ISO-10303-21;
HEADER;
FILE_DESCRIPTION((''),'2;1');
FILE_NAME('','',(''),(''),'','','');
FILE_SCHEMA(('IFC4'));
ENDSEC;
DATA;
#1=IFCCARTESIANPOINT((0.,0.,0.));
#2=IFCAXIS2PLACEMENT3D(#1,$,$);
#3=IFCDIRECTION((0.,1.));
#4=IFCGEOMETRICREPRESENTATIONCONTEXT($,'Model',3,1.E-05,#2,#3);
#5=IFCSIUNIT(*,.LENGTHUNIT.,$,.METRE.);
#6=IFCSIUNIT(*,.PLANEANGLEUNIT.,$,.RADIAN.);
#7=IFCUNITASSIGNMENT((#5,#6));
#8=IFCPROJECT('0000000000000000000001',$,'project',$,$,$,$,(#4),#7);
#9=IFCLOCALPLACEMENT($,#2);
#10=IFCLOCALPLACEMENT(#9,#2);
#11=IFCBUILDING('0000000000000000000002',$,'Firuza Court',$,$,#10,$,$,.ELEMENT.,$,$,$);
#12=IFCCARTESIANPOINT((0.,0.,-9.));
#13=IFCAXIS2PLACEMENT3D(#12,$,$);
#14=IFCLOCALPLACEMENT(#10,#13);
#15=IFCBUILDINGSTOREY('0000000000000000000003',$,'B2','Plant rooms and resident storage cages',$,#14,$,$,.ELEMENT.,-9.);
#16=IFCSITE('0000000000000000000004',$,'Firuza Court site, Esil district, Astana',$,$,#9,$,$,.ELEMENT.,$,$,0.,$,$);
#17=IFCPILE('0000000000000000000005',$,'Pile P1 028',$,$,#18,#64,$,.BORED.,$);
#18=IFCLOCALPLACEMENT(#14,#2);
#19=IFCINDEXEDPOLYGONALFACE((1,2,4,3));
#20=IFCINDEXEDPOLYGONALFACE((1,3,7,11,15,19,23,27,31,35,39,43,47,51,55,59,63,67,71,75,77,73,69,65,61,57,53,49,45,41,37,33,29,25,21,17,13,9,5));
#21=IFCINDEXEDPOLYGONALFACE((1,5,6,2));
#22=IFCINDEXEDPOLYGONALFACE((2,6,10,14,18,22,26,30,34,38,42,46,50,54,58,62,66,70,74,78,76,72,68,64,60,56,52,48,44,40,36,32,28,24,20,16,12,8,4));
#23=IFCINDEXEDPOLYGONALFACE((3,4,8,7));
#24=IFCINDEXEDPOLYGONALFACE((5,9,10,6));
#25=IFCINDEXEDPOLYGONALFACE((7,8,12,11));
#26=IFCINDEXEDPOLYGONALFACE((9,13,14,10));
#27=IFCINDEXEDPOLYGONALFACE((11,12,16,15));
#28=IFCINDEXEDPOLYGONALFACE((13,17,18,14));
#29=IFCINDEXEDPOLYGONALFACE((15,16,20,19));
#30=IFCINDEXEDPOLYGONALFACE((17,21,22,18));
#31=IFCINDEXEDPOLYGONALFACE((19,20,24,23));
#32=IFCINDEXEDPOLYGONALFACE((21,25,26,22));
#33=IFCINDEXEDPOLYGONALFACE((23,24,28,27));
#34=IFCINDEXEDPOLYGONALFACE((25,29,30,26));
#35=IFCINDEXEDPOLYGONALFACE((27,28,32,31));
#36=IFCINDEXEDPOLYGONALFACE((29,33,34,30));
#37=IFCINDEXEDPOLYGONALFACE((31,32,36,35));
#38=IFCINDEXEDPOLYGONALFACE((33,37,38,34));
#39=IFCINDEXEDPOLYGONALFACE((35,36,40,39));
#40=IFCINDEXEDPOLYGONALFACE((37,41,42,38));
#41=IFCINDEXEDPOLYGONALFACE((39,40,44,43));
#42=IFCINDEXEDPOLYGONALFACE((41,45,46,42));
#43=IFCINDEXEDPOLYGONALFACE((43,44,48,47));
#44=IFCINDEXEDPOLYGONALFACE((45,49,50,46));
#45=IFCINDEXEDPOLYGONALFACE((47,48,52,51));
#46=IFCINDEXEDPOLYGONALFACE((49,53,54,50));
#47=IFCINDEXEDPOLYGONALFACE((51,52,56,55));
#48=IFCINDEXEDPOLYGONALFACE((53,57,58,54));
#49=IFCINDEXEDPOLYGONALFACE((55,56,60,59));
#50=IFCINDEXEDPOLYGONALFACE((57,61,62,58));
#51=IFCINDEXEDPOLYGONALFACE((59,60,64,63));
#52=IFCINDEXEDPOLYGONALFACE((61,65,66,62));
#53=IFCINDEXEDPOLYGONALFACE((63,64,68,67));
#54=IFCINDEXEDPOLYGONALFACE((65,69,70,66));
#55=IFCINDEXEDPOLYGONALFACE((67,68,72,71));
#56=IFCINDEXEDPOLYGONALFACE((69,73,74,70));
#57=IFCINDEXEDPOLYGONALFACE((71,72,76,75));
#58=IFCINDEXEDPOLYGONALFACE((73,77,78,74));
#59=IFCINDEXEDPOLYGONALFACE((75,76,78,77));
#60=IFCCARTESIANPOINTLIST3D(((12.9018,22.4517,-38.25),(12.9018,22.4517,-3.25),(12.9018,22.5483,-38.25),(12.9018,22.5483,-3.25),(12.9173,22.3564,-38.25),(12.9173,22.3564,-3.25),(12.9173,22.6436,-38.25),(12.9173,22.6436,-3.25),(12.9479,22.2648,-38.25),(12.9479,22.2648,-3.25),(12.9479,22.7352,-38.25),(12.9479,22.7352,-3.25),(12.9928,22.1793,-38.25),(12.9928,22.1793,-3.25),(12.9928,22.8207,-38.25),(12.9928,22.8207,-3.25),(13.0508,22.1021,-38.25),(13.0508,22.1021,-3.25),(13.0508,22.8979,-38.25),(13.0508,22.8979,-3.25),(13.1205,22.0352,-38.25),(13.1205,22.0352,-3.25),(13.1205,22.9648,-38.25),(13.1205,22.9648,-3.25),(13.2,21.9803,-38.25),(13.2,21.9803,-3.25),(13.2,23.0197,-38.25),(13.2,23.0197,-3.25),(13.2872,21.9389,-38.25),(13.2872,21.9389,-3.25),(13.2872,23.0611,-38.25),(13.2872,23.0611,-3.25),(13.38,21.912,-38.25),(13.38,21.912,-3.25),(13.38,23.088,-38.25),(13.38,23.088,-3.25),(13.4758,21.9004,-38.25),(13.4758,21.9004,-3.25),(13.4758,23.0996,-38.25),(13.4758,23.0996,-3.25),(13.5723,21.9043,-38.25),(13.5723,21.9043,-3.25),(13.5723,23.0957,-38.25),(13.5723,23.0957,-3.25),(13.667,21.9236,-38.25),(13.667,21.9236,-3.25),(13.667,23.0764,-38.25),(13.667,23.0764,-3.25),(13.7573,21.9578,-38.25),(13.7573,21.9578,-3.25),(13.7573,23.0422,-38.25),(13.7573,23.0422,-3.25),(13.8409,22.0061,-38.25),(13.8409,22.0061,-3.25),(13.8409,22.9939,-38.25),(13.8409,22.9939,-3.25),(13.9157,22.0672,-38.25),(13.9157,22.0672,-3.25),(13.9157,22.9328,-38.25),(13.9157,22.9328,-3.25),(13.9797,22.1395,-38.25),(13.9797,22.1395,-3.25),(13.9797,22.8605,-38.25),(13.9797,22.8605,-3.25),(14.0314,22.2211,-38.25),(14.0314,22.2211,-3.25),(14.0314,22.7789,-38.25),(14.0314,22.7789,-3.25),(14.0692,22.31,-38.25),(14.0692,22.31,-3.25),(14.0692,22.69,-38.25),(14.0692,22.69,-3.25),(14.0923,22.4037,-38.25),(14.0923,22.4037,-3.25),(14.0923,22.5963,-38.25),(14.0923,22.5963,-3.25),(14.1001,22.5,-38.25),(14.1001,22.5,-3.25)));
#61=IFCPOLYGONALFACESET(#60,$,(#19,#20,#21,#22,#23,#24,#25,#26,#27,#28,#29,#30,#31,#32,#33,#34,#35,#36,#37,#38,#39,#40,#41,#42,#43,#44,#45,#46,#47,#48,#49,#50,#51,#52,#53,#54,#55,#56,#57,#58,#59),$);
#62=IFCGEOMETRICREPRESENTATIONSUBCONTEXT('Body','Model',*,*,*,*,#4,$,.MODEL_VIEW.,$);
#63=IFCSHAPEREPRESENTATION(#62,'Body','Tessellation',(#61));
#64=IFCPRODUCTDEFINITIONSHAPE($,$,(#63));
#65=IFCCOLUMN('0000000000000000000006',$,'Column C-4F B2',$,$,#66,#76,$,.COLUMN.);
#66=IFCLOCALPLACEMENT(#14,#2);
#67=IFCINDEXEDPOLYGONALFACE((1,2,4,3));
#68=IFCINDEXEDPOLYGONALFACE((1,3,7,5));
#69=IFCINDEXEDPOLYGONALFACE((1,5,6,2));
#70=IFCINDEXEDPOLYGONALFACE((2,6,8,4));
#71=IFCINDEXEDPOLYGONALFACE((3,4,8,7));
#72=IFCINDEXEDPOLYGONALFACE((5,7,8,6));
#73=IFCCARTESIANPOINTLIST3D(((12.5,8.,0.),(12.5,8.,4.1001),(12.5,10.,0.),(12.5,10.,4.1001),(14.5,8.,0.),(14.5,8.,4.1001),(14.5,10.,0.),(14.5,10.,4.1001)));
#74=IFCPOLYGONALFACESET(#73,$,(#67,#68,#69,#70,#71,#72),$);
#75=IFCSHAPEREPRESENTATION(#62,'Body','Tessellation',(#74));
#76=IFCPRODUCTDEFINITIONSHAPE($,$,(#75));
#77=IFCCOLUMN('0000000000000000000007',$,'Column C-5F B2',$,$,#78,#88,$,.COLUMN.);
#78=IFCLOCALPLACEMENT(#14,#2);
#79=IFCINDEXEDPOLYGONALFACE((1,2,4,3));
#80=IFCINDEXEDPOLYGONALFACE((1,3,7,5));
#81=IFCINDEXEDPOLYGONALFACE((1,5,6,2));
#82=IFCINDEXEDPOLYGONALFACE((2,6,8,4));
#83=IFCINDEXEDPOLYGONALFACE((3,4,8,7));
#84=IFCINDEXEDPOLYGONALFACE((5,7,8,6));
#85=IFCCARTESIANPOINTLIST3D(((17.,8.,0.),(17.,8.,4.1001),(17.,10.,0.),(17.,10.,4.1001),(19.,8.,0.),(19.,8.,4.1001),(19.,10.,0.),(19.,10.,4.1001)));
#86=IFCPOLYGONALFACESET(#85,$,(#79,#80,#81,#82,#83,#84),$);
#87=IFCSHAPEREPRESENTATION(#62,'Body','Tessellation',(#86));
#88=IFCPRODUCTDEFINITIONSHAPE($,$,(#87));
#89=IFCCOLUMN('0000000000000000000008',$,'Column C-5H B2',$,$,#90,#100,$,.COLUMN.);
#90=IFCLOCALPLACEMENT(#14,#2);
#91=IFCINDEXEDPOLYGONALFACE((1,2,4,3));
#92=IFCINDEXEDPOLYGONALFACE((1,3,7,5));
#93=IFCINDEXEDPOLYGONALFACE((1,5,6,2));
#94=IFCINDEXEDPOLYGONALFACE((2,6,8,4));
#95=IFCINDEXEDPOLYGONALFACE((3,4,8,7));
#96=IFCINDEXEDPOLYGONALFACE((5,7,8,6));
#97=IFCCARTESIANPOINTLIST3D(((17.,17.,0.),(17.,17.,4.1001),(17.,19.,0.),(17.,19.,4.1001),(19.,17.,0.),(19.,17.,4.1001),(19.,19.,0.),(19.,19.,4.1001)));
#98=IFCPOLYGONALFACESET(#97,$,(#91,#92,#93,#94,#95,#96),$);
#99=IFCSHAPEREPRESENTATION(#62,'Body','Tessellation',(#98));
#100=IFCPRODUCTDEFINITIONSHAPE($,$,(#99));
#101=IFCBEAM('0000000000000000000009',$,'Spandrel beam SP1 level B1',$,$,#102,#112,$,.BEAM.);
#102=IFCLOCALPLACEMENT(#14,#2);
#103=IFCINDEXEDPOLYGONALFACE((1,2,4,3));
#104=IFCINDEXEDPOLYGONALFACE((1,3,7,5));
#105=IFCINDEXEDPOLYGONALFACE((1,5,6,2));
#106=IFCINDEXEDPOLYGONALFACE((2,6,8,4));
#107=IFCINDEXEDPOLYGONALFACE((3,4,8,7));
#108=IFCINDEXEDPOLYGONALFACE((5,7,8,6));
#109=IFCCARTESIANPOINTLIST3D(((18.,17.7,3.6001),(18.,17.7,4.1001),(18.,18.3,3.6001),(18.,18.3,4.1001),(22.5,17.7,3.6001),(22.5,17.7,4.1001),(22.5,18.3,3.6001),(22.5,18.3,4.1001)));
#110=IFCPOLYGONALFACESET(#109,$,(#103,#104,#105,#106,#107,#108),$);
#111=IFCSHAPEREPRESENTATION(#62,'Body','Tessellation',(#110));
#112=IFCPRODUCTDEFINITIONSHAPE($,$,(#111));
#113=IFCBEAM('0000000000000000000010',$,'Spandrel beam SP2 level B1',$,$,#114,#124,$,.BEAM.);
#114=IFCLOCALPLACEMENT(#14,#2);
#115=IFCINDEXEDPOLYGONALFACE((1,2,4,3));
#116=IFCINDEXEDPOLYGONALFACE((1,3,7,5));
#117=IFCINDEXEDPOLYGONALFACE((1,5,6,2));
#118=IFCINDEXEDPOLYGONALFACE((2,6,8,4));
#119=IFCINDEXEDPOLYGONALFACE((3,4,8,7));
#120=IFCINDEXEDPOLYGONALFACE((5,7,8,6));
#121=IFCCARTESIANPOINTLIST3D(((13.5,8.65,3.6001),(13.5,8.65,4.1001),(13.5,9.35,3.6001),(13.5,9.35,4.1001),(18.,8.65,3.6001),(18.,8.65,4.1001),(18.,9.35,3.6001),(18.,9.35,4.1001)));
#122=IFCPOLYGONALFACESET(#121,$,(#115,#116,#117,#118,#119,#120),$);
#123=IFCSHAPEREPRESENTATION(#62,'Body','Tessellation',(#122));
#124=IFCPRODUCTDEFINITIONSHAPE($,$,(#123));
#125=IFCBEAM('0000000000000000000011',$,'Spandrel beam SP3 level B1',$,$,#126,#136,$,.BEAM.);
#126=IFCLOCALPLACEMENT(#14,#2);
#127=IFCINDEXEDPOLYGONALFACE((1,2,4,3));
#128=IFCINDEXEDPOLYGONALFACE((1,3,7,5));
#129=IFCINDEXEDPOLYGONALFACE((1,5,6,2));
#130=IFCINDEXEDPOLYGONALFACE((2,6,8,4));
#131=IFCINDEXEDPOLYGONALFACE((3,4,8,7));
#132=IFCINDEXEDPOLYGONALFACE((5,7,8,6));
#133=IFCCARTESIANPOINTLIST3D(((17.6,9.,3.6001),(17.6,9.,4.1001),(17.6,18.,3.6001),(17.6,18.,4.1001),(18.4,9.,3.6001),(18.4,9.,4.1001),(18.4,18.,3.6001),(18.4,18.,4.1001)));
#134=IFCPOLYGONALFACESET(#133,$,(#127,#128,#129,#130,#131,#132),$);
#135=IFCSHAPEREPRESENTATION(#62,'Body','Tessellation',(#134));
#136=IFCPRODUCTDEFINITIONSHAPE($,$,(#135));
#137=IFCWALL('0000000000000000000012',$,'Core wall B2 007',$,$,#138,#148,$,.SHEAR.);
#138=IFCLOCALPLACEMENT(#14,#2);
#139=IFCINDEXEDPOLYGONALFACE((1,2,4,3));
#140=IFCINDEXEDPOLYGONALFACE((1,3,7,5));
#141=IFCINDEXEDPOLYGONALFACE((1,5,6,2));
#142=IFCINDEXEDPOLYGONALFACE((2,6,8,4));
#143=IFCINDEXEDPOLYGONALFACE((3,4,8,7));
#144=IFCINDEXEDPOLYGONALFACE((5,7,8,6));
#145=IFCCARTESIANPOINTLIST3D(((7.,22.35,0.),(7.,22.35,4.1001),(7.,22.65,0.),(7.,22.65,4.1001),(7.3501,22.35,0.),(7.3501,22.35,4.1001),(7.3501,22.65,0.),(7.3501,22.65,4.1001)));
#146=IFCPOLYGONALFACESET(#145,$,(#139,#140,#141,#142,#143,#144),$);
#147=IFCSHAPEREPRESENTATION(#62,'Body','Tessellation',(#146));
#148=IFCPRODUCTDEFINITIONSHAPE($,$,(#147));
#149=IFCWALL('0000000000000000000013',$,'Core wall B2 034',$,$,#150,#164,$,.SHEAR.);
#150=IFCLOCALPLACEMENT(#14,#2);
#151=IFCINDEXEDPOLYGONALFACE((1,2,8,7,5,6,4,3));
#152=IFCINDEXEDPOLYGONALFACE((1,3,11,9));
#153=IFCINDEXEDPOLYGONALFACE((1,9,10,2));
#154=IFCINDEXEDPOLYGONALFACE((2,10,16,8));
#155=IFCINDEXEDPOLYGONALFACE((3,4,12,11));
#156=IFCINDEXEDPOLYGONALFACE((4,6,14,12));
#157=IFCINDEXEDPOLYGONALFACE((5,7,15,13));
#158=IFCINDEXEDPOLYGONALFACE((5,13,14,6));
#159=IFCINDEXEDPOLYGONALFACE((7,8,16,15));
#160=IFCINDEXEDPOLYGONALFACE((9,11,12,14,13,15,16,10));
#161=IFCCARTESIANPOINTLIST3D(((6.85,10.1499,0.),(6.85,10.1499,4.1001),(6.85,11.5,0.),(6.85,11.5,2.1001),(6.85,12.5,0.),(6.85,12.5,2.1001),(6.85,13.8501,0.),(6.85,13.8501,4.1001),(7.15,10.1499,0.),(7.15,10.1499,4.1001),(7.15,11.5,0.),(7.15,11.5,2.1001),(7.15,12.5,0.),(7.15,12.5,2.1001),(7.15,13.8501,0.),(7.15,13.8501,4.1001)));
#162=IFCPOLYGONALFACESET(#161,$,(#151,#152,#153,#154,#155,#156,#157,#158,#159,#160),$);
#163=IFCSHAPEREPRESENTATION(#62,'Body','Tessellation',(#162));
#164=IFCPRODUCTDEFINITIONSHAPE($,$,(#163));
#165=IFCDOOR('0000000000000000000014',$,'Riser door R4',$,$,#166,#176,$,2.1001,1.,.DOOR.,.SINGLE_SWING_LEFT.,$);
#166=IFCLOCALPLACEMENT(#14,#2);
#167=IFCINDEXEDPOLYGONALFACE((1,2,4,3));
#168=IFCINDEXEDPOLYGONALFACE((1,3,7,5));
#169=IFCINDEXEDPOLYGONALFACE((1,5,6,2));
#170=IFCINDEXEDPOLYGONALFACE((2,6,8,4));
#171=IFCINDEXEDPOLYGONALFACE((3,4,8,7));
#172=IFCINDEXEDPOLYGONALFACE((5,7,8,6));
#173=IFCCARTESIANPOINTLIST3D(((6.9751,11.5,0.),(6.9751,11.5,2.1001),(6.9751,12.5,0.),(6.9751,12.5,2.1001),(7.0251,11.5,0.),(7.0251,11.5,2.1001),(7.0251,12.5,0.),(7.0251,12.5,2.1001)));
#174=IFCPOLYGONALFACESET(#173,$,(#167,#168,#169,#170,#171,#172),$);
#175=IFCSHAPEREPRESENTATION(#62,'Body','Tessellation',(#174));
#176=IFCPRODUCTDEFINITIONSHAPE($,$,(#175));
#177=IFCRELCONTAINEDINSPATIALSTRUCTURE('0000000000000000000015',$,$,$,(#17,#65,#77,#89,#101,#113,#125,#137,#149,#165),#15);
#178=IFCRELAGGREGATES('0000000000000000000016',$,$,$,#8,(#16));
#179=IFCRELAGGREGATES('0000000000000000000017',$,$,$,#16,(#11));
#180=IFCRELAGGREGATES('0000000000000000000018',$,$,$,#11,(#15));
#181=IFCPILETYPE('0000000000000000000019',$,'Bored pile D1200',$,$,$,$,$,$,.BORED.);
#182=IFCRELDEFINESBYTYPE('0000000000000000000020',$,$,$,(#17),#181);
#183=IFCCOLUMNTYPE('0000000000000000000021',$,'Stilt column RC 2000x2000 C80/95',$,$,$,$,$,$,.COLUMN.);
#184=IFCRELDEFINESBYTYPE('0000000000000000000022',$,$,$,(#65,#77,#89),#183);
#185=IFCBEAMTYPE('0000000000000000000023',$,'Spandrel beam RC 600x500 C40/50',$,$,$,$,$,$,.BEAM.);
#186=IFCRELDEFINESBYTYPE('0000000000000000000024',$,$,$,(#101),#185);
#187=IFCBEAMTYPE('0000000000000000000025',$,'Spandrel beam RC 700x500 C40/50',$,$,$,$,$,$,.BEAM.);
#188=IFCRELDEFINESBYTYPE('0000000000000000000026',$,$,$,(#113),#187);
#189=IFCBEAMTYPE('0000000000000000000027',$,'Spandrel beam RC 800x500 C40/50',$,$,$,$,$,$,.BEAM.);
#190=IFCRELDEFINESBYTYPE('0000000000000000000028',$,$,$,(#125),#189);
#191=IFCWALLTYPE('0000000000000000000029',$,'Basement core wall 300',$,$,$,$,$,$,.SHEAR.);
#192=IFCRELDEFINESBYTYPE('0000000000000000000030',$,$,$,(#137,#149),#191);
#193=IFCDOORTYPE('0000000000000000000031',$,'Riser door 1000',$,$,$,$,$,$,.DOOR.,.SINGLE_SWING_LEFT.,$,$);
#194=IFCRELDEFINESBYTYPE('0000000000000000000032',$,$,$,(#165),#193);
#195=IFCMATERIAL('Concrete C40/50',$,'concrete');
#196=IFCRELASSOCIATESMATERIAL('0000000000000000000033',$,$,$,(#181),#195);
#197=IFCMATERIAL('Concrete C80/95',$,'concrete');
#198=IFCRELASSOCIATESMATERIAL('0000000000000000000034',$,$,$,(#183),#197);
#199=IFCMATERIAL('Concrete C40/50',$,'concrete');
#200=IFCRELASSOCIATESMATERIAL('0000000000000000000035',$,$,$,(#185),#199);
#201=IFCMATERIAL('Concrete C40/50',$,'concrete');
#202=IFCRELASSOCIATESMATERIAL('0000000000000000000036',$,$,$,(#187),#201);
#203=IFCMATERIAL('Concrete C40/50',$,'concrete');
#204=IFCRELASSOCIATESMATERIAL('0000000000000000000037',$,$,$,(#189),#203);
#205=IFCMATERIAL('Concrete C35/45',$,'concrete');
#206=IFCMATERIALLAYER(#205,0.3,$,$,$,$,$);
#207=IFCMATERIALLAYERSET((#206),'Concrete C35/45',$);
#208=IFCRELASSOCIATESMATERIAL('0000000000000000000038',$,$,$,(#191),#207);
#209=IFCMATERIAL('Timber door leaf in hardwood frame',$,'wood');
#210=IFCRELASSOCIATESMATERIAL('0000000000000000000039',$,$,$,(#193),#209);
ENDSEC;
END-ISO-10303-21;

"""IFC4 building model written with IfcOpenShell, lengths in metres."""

from ifc_helpers import new_model, si_unit, direction, frame, frame_2d, origin, origin_2d, place, context, subcontext, project, spatial, rectangle, circle, extrude, material, layer, layer_set, material_profile, profile_set, type_object, element, fill, save


model = new_model("IFC4")

# Units and contexts
model_context = context("Model", 3, precision=1e-05, world=origin(), true_north=direction((0.0, 1.0)))
body_context = subcontext(model_context, "Body", "Model", "MODEL_VIEW")
ifc_project = project(units=[si_unit("LENGTHUNIT", "METRE"), si_unit("PLANEANGLEUNIT", "RADIAN")], contexts=[model_context])

# Site, building, storey
site_placement = place(None, origin())
site = spatial("IfcSite", under=ifc_project, at=site_placement, Name="Firuza Court site, Esil district, Astana", CompositionType="ELEMENT", RefElevation=0.0)
building_placement = place(site_placement, origin())
building = spatial("IfcBuilding", under=site, at=building_placement, Name="Firuza Court", CompositionType="ELEMENT")
storey_placement = place(building_placement, frame((0.0, 0.0, -9.0)))
storey = spatial("IfcBuildingStorey", under=building, at=storey_placement, Name="B2", Description="Plant rooms and resident storage cages", CompositionType="ELEMENT", Elevation=-9.0)

# Pile
ifc_material_1 = material(Name="Concrete C40/50", Category="concrete")
ifc_material_profile_1 = material_profile(ifc_material_1, circle(Radius=0.6001, at=origin_2d()), Name="Pile D1200")
ifc_profile_set_1 = profile_set([ifc_material_profile_1], Name="Concrete C40/50")
pile_type = type_object("IfcPileType", Name="Bored pile D1200", PredefinedType="BORED", material=ifc_profile_set_1)
for number, where, z_axis, x_axis, name in (
    (1, (13.5, 22.5, -3.25), (0.0, 0.0, -1.0), (1.0, 0.0, 0.0), "Pile P1 028"),
):
    element("IfcPile", number, at=place(storey_placement, frame(where, z_axis=z_axis, x_axis=x_axis)), inside=storey, type_object=pile_type, Name=name, PredefinedType="BORED", context=body_context, shape_type="SweptSolid", body=[
        extrude(circle(Radius=0.6001, at=origin_2d()), origin(), (0.0, 0.0, 1.0), 35.0),
    ])

# Columns
ifc_material_2 = material(Name="Concrete C80/95", Category="concrete")
ifc_material_profile_2 = material_profile(ifc_material_2, rectangle(XDim=2.0, YDim=2.0, at=origin_2d()), Name="RC 2000x2000")
ifc_profile_set_2 = profile_set([ifc_material_profile_2], Name="Concrete C80/95")
column_type = type_object("IfcColumnType", Name="Stilt column RC 2000x2000 C80/95", PredefinedType="COLUMN", material=ifc_profile_set_2)
for number, where, z_axis, x_axis, name in (
    (2, (13.5, 9.0, 0.0), (0.0, 0.0, 1.0), (1.0, 0.0, 0.0), "Column C-4F B2"),
    (3, (18.0, 9.0, 0.0), (0.0, 0.0, 1.0), (1.0, 0.0, 0.0), "Column C-5F B2"),
    (4, (18.0, 18.0, 0.0), (0.0, 0.0, 1.0), (1.0, 0.0, 0.0), "Column C-5H B2"),
):
    element("IfcColumn", number, at=place(storey_placement, frame(where, z_axis=z_axis, x_axis=x_axis)), inside=storey, type_object=column_type, Name=name, PredefinedType="COLUMN", context=body_context, shape_type="SweptSolid", body=[
        extrude(rectangle(XDim=2.0, YDim=2.0, at=origin_2d()), origin(), (0.0, 0.0, 1.0), 4.1001),
    ])

# Beams
ifc_material_3 = material(Name="Concrete C40/50", Category="concrete")
ifc_material_profile_3 = material_profile(ifc_material_3, rectangle(XDim=0.6001, YDim=0.5, at=origin_2d()), Name="RC 600x500")
ifc_profile_set_3 = profile_set([ifc_material_profile_3], Name="Concrete C40/50")
beam_type_1 = type_object("IfcBeamType", Name="Spandrel beam RC 600x500 C40/50", PredefinedType="BEAM", material=ifc_profile_set_3)
beam_1_placement = place(storey_placement, frame((18.0, 18.0, 3.8501), z_axis=(1.0, 0.0, 0.0), x_axis=(0.0, 1.0, 0.0)))
element("IfcBeam", 5, at=beam_1_placement, inside=storey, type_object=beam_type_1, Name="Spandrel beam SP1 level B1", PredefinedType="BEAM", context=body_context, shape_type="SweptSolid", body=[
    extrude(rectangle(XDim=0.6001, YDim=0.5, at=origin_2d()), origin(), (0.0, 0.0, 1.0), 4.5),
])
ifc_material_4 = material(Name="Concrete C40/50", Category="concrete")
ifc_material_profile_4 = material_profile(ifc_material_4, rectangle(XDim=0.7, YDim=0.5, at=origin_2d()), Name="RC 700x500")
ifc_profile_set_4 = profile_set([ifc_material_profile_4], Name="Concrete C40/50")
beam_type_2 = type_object("IfcBeamType", Name="Spandrel beam RC 700x500 C40/50", PredefinedType="BEAM", material=ifc_profile_set_4)
beam_2_placement = place(storey_placement, frame((13.5, 9.0, 3.8501), z_axis=(1.0, 0.0, 0.0), x_axis=(0.0, 1.0, 0.0)))
element("IfcBeam", 6, at=beam_2_placement, inside=storey, type_object=beam_type_2, Name="Spandrel beam SP2 level B1", PredefinedType="BEAM", context=body_context, shape_type="SweptSolid", body=[
    extrude(rectangle(XDim=0.7, YDim=0.5, at=origin_2d()), origin(), (0.0, 0.0, 1.0), 4.5),
])
ifc_material_5 = material(Name="Concrete C40/50", Category="concrete")
ifc_material_profile_5 = material_profile(ifc_material_5, rectangle(XDim=0.8, YDim=0.5, at=origin_2d()), Name="RC 800x500")
ifc_profile_set_5 = profile_set([ifc_material_profile_5], Name="Concrete C40/50")
beam_type_3 = type_object("IfcBeamType", Name="Spandrel beam RC 800x500 C40/50", PredefinedType="BEAM", material=ifc_profile_set_5)
beam_3_placement = place(storey_placement, frame((18.0, 9.0, 3.8501), z_axis=(0.0, 1.0, 0.0), x_axis=(-1.0, 0.0, 0.0)))
element("IfcBeam", 7, at=beam_3_placement, inside=storey, type_object=beam_type_3, Name="Spandrel beam SP3 level B1", PredefinedType="BEAM", context=body_context, shape_type="SweptSolid", body=[
    extrude(rectangle(XDim=0.8, YDim=0.5, at=origin_2d()), origin(), (0.0, 0.0, 1.0), 9.0),
])

# Wall
ifc_material_6 = material(Name="Concrete C35/45", Category="concrete")
ifc_layer_1 = layer(ifc_material_6, 0.3)
ifc_layer_set_1 = layer_set([ifc_layer_1], Name="Concrete C35/45")
wall_type_1 = type_object("IfcWallType", Name="Basement core wall 300", PredefinedType="SHEAR", material=ifc_layer_set_1)
wall_1_placement = place(storey_placement, frame((7.0, 22.5, 0.0), z_axis=(0.0, 0.0, 1.0), x_axis=(1.0, 0.0, 0.0)))
element("IfcWall", 8, at=wall_1_placement, inside=storey, type_object=wall_type_1, Name="Core wall B2 007", PredefinedType="SHEAR", context=body_context, shape_type="SweptSolid", body=[
    extrude(rectangle(XDim=0.3501, YDim=0.3, at=frame_2d((0.175, 0.0))), origin(), (0.0, 0.0, 1.0), 4.1001),
])

# Wall, opening, door
wall_2_placement = place(storey_placement, frame((7.0, 10.1499, 0.0), z_axis=(0.0, 0.0, 1.0), x_axis=(0.0, 1.0, 0.0)))
wall_2 = element("IfcWall", 9, at=wall_2_placement, inside=storey, type_object=wall_type_1, Name="Core wall B2 034", PredefinedType="SHEAR", context=body_context, shape_type="SweptSolid", body=[
    extrude(rectangle(XDim=3.7002, YDim=0.3, at=frame_2d((1.8501, 0.0))), origin(), (0.0, 0.0, 1.0), 4.1001),
])
opening_1_placement = place(wall_2_placement, frame((1.3501, 0.0, 0.0)))
opening_1 = element("IfcOpeningElement", 10, at=opening_1_placement, cuts=wall_2, PredefinedType="OPENING", context=body_context, shape_type="SweptSolid", body=[
    extrude(rectangle(XDim=1.0, YDim=2.1001, at=frame_2d((0.5, 1.05))), frame((0.0, 0.1621, 0.0), z_axis=(0.0, -1.0, 0.0), x_axis=(1.0, 0.0, 0.0)), (0.0, 0.0, 1.0), 0.324),
])
ifc_material_7 = material(Name="Timber door leaf in hardwood frame", Category="wood")
door_type_1 = type_object("IfcDoorType", Name="Riser door 1000", OperationType="SINGLE_SWING_LEFT", PredefinedType="DOOR", material=ifc_material_7)
door_1_placement = place(opening_1_placement, origin())
door_1 = element("IfcDoor", 11, at=door_1_placement, inside=storey, type_object=door_type_1, Name="Riser door R4", OperationType="SINGLE_SWING_LEFT", OverallHeight=2.1001, OverallWidth=1.0, PredefinedType="DOOR", context=body_context, shape_type="SweptSolid", body=[
    extrude(rectangle(XDim=1.0, YDim=2.1001, at=frame_2d((0.5, 1.05))), frame((0.0, 0.0249, 0.0), z_axis=(0.0, -1.0, 0.0), x_axis=(1.0, 0.0, 0.0)), (0.0, 0.0, 1.0), 0.05),
])
fill(opening_1, door_1)

save(model, "model.ifc")
